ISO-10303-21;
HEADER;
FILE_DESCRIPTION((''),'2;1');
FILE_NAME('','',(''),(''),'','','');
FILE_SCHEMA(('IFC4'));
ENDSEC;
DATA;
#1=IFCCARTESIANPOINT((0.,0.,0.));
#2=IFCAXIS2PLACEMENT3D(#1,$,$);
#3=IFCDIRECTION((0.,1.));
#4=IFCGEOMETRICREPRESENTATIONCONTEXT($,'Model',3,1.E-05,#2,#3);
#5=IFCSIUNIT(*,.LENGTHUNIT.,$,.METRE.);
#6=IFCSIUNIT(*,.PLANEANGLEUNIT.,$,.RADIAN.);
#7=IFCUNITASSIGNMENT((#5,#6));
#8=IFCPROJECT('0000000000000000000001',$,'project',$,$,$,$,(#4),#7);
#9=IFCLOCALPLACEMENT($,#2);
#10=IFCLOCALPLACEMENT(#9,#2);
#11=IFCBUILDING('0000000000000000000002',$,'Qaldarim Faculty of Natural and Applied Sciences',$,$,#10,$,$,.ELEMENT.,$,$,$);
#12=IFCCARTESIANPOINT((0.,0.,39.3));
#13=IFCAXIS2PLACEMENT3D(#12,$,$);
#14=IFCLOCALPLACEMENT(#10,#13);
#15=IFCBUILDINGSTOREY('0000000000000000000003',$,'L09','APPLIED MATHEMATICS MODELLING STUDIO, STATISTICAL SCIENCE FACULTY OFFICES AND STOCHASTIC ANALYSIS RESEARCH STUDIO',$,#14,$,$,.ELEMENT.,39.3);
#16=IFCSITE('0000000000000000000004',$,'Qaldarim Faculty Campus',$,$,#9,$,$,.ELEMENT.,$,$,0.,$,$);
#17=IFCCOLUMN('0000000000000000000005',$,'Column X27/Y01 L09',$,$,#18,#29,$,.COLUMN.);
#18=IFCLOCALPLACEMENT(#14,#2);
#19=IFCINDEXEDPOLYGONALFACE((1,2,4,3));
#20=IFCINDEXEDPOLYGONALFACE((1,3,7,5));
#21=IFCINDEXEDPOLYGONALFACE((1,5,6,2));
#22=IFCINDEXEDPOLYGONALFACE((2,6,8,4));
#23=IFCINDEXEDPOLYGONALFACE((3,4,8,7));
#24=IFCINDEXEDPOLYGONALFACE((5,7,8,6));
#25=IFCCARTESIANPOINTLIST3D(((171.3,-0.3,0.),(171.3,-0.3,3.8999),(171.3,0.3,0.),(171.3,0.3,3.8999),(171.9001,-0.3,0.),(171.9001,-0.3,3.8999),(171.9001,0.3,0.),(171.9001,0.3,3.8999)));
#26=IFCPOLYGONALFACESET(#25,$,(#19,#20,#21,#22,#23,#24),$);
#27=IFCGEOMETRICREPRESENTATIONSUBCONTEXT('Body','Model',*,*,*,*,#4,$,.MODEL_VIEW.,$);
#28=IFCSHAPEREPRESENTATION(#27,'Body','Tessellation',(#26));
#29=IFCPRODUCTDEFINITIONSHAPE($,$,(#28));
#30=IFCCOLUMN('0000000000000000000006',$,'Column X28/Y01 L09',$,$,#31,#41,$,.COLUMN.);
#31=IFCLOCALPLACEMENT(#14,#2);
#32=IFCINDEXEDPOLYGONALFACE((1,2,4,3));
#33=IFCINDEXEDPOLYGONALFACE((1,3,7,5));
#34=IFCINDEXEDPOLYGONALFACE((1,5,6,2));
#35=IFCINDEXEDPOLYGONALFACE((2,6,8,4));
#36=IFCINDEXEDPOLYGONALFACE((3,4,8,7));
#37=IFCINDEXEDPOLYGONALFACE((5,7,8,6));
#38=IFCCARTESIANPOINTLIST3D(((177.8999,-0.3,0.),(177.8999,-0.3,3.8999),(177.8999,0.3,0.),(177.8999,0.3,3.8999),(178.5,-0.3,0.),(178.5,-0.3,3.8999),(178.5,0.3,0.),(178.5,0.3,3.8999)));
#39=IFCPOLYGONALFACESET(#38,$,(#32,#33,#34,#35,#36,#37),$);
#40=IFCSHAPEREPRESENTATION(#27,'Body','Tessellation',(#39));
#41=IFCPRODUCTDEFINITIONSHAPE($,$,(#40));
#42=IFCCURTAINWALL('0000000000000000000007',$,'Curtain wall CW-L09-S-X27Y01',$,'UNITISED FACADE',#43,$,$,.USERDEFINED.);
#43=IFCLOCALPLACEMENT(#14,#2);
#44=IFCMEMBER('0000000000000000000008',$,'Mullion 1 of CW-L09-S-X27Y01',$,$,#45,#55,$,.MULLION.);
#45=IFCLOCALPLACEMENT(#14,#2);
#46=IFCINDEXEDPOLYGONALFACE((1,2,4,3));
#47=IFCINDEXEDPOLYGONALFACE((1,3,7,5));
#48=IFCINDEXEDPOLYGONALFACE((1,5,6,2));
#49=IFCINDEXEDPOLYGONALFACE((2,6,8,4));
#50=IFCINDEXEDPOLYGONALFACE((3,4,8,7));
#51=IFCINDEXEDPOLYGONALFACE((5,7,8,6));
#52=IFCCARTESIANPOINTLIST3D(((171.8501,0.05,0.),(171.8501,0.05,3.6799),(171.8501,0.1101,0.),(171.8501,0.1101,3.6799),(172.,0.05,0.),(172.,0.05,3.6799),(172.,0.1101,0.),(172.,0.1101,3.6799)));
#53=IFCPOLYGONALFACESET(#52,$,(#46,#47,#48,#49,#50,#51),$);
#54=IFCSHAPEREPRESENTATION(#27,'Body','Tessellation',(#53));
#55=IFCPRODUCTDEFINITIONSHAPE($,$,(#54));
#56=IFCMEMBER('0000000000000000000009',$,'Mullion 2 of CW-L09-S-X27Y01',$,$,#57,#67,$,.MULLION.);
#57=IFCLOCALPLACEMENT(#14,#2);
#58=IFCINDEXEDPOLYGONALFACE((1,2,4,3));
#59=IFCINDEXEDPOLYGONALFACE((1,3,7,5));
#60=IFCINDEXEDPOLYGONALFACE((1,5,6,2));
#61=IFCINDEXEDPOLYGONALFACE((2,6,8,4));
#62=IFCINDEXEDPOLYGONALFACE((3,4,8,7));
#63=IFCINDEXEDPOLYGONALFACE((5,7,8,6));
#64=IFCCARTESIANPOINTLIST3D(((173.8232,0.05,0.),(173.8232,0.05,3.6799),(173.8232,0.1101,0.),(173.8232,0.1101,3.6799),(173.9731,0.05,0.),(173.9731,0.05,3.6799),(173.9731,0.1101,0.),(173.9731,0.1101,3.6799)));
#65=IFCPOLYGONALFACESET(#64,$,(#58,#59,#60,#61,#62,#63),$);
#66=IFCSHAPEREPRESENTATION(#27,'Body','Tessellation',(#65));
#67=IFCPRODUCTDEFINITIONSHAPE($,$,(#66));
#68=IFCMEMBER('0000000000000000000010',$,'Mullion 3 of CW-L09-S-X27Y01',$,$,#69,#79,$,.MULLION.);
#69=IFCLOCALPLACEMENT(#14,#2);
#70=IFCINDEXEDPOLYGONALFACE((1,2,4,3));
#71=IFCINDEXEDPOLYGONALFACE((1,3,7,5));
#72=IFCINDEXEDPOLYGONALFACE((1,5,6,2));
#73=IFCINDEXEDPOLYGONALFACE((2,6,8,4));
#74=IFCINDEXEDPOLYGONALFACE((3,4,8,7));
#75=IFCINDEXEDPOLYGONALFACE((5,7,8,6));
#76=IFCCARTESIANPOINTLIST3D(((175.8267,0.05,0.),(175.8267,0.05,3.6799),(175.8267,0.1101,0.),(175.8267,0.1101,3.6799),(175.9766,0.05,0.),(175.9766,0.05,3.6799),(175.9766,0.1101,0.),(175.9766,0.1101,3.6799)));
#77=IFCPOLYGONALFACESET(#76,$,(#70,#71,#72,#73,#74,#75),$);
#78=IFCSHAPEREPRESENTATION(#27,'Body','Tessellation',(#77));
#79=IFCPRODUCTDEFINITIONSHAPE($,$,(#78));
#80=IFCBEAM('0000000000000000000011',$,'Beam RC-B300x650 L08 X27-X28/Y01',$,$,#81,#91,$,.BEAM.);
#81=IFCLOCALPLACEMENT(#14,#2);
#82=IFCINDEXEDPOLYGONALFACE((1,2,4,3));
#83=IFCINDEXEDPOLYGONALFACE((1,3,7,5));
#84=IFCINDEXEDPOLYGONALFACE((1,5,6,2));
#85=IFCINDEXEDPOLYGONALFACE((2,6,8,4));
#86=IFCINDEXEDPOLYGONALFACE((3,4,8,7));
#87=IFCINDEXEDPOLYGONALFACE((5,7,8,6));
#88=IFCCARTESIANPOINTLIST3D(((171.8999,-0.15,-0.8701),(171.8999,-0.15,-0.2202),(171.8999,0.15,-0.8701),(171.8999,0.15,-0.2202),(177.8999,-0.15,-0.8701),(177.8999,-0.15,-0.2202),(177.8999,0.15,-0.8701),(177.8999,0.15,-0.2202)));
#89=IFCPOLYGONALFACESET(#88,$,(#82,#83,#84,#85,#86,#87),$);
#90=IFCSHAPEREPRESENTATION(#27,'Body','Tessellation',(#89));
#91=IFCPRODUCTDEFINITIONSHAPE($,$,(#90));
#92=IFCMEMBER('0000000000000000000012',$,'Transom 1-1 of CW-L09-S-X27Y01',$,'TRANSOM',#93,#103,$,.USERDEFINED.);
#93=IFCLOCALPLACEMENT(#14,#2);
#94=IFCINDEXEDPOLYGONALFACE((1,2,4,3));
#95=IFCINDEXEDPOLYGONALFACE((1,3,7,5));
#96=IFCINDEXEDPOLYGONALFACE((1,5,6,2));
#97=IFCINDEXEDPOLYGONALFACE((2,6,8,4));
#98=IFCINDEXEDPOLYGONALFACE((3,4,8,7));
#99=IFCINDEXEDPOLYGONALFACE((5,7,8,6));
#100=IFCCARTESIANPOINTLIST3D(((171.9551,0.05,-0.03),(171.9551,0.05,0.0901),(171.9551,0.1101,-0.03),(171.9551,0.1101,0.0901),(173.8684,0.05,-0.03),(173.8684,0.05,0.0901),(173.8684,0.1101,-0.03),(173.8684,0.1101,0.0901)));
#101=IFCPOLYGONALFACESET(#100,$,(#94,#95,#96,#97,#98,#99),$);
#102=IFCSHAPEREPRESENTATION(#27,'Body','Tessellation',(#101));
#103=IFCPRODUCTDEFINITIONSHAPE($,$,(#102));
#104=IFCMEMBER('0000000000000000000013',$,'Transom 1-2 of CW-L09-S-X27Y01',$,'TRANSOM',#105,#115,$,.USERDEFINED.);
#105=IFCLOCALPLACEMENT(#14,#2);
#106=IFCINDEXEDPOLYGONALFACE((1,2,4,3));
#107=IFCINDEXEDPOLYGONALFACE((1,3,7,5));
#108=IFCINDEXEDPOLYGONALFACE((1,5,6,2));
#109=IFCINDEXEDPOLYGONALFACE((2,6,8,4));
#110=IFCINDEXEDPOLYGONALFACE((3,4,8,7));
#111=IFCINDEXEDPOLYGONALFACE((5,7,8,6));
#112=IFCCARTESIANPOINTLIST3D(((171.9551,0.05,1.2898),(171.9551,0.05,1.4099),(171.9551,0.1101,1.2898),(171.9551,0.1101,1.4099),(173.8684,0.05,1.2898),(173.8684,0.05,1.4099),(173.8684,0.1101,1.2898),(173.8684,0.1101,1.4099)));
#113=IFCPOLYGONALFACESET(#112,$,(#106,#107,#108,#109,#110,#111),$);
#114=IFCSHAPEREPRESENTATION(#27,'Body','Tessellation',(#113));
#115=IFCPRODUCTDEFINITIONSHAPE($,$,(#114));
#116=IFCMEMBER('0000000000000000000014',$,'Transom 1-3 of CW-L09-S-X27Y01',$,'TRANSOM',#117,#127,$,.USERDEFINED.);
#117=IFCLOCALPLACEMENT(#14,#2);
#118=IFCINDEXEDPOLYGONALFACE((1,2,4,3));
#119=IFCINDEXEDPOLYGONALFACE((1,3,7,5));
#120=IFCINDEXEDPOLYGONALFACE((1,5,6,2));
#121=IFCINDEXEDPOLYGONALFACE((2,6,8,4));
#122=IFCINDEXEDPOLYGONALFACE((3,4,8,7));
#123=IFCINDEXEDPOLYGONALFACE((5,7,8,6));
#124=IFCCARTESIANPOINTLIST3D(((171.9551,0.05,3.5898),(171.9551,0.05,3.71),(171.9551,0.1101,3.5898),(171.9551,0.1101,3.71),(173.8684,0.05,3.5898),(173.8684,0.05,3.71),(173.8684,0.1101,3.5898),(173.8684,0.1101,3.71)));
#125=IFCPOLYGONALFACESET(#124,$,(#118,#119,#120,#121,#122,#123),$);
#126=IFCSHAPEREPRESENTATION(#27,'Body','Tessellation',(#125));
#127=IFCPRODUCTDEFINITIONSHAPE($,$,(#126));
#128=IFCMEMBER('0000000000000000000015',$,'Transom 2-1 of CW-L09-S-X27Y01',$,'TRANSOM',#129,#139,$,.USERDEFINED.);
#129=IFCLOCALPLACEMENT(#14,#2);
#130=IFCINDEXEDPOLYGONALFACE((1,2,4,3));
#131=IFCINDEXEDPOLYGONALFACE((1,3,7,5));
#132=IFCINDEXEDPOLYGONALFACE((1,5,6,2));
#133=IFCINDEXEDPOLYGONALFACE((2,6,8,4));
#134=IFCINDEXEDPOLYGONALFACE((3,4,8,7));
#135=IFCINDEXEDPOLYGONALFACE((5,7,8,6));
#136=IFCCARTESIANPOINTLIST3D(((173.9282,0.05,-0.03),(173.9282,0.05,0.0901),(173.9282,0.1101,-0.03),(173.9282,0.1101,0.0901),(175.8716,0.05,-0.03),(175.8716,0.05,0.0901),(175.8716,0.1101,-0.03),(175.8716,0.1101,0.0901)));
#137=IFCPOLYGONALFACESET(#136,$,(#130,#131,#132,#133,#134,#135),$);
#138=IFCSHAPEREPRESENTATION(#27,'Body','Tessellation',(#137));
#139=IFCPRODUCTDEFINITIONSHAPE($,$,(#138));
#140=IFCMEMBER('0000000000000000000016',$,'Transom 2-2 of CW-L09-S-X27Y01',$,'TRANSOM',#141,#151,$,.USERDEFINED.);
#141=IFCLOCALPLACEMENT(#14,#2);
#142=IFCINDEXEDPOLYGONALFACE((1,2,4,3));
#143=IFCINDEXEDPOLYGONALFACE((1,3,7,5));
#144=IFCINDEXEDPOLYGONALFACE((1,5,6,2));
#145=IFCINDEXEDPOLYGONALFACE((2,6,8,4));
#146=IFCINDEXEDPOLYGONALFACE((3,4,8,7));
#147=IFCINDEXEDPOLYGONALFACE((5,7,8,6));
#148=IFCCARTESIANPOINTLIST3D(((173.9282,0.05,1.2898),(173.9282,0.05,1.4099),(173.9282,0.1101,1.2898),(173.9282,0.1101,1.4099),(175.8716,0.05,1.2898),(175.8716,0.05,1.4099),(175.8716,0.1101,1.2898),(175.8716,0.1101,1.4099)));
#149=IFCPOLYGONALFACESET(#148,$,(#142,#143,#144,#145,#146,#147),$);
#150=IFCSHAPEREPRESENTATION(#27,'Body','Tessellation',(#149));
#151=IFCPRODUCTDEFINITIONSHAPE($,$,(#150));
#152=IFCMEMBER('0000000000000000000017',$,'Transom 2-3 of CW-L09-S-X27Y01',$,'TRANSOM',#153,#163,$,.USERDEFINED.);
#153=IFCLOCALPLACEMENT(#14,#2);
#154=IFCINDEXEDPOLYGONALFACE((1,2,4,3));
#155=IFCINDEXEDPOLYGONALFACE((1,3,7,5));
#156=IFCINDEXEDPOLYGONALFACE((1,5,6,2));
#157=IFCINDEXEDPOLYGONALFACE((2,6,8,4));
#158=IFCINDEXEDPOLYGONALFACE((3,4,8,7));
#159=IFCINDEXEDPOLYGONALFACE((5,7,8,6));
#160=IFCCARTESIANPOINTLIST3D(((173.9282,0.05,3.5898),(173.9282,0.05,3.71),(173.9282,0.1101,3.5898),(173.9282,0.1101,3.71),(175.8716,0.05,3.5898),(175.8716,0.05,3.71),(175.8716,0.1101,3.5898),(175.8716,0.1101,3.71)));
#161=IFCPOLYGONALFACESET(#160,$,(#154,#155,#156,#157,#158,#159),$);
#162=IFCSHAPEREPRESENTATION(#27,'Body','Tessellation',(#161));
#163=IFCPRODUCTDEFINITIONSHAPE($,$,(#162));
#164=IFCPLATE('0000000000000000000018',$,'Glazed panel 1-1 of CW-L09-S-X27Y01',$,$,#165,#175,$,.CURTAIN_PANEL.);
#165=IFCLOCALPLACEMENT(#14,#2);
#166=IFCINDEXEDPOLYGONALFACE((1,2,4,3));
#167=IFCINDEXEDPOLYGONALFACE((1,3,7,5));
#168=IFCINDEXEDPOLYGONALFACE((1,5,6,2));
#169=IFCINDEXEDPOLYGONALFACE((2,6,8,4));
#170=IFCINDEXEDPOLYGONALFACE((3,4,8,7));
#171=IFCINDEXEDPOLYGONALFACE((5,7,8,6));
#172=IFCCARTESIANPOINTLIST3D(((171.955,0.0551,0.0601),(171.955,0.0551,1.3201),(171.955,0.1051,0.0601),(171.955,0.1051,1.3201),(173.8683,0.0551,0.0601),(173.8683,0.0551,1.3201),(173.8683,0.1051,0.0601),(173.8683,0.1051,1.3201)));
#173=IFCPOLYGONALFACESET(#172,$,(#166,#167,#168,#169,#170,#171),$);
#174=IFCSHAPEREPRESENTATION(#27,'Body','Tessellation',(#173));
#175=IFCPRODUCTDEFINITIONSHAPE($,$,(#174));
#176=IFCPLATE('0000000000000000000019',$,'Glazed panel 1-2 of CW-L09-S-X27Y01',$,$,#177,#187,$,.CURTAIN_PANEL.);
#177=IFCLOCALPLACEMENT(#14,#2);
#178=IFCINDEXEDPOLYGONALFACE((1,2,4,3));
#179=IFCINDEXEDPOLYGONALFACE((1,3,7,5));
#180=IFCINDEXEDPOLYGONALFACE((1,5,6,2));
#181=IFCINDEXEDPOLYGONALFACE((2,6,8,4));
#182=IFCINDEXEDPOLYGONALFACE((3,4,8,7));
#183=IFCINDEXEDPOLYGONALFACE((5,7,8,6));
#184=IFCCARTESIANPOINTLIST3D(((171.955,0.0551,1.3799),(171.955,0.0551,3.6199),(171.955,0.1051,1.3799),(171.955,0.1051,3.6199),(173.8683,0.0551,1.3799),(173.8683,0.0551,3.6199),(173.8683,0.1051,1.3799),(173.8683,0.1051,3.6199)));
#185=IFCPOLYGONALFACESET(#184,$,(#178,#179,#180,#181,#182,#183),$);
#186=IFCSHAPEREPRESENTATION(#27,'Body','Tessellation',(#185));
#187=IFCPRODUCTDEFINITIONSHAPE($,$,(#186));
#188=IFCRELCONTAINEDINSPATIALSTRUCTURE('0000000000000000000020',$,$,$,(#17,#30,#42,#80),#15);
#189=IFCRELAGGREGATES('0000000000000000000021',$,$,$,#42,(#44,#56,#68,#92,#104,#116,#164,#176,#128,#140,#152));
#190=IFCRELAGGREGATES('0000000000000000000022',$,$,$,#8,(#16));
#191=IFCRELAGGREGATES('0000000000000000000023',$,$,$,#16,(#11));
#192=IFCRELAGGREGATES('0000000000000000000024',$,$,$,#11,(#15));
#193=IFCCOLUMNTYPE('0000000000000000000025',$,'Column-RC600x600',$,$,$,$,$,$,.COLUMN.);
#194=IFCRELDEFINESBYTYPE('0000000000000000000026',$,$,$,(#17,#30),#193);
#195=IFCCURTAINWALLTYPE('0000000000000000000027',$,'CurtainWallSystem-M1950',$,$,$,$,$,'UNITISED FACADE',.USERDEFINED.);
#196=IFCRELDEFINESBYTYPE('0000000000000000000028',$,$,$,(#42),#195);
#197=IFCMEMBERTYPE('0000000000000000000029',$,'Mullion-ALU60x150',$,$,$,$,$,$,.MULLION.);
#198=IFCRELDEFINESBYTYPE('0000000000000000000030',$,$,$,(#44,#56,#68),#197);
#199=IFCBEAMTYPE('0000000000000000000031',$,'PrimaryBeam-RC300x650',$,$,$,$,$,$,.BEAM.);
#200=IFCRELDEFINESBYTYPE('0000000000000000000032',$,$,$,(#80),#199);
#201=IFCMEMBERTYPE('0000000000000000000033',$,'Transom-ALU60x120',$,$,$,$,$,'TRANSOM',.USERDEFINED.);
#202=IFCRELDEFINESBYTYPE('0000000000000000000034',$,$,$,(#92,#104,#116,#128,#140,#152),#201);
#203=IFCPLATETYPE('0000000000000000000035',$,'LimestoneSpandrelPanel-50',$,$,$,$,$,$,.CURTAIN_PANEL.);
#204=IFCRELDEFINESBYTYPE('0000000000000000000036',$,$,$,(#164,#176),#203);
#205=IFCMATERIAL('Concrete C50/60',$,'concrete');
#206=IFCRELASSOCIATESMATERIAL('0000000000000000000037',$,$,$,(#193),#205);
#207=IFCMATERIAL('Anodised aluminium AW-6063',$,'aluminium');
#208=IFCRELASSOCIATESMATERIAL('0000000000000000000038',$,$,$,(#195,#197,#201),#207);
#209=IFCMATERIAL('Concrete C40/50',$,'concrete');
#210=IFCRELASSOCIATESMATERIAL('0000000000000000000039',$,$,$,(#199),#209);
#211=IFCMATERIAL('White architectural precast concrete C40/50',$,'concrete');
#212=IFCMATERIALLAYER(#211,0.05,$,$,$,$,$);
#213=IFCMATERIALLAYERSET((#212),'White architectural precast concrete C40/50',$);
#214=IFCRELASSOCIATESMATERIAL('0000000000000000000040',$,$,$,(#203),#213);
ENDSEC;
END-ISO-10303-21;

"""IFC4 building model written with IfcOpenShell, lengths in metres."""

from ifc_helpers import new_model, si_unit, direction, frame, origin, origin_2d, place, context, subcontext, project, spatial, rectangle, extrude, material, layer, layer_set, material_profile, profile_set, type_object, element, aggregate, save


model = new_model("IFC4")

# Units and contexts
model_context = context("Model", 3, precision=1e-05, world=origin(), true_north=direction((0.0, 1.0)))
body_context = subcontext(model_context, "Body", "Model", "MODEL_VIEW")
ifc_project = project(units=[si_unit("LENGTHUNIT", "METRE"), si_unit("PLANEANGLEUNIT", "RADIAN")], contexts=[model_context])

# Site, building, storey
site_placement = place(None, origin())
site = spatial("IfcSite", under=ifc_project, at=site_placement, Name="Qaldarim Faculty Campus", CompositionType="ELEMENT", RefElevation=0.0)
building_placement = place(site_placement, origin())
building = spatial("IfcBuilding", under=site, at=building_placement, Name="Qaldarim Faculty of Natural and Applied Sciences", CompositionType="ELEMENT")
storey_placement = place(building_placement, frame((0.0, 0.0, 39.3)))
storey = spatial("IfcBuildingStorey", under=building, at=storey_placement, Name="L09", Description="APPLIED MATHEMATICS MODELLING STUDIO, STATISTICAL SCIENCE FACULTY OFFICES AND STOCHASTIC ANALYSIS RESEARCH STUDIO", CompositionType="ELEMENT", Elevation=39.3)

# Columns
ifc_material_1 = material(Name="Concrete C50/60", Category="concrete")
ifc_material_profile_1 = material_profile(ifc_material_1, rectangle(XDim=0.6001, YDim=0.6001, at=origin_2d()), Name="RC-C600x600")
ifc_profile_set_1 = profile_set([ifc_material_profile_1], Name="Concrete C50/60")
column_type = type_object("IfcColumnType", Name="Column-RC600x600", PredefinedType="COLUMN", material=ifc_profile_set_1)
for number, where, z_axis, x_axis, name in (
    (1, (171.6001, 0.0, 0.0), (0.0, 0.0, 1.0), (1.0, 0.0, 0.0), "Column X27/Y01 L09"),
    (2, (178.2, 0.0, 0.0), (0.0, 0.0, 1.0), (1.0, 0.0, 0.0), "Column X28/Y01 L09"),
):
    element("IfcColumn", number, at=place(storey_placement, frame(where, z_axis=z_axis, x_axis=x_axis)), inside=storey, type_object=column_type, Name=name, PredefinedType="COLUMN", context=body_context, shape_type="SweptSolid", body=[
        extrude(rectangle(XDim=0.6001, YDim=0.6001, at=origin_2d()), origin(), (0.0, 0.0, 1.0), 3.8999),
    ])

# Curtain wall, members
ifc_material_2 = material(Name="Anodised aluminium AW-6063", Category="aluminium")
curtain_wall_type = type_object("IfcCurtainWallType", Name="CurtainWallSystem-M1950", ElementType="UNITISED FACADE", PredefinedType="USERDEFINED", material=ifc_material_2)
curtain_wall_placement = place(storey_placement, origin())
curtain_wall = element("IfcCurtainWall", 3, at=curtain_wall_placement, inside=storey, type_object=curtain_wall_type, Name="Curtain wall CW-L09-S-X27Y01", ObjectType="UNITISED FACADE", PredefinedType="USERDEFINED")
ifc_material_profile_2 = material_profile(ifc_material_2, rectangle(XDim=0.0601, YDim=0.1499, at=origin_2d()), Name="ALU-M60x150")
ifc_profile_set_2 = profile_set([ifc_material_profile_2], Name="Anodised aluminium AW-6063")
member_type_1 = type_object("IfcMemberType", Name="Mullion-ALU60x150", PredefinedType="MULLION", material=ifc_profile_set_2)
member_1_placement = place(storey_placement, frame((171.925, 0.0801, 0.0), z_axis=(0.0, 0.0, 1.0), x_axis=(0.0, 1.0, 0.0)))
member_1 = element("IfcMember", 4, at=member_1_placement, type_object=member_type_1, Name="Mullion 1 of CW-L09-S-X27Y01", PredefinedType="MULLION", context=body_context, shape_type="SweptSolid", body=[
    extrude(rectangle(XDim=0.0601, YDim=0.1499, at=origin_2d()), origin(), (0.0, 0.0, 1.0), 3.6799),
])
member_2_placement = place(storey_placement, frame((173.8982, 0.0801, 0.0), z_axis=(0.0, 0.0, 1.0), x_axis=(0.0, 1.0, 0.0)))
member_2 = element("IfcMember", 5, at=member_2_placement, type_object=member_type_1, Name="Mullion 2 of CW-L09-S-X27Y01", PredefinedType="MULLION", context=body_context, shape_type="SweptSolid", body=[
    extrude(rectangle(XDim=0.0601, YDim=0.1499, at=origin_2d()), origin(), (0.0, 0.0, 1.0), 3.6799),
])
member_3_placement = place(storey_placement, frame((175.9016, 0.0801, 0.0), z_axis=(0.0, 0.0, 1.0), x_axis=(0.0, 1.0, 0.0)))
member_3 = element("IfcMember", 6, at=member_3_placement, type_object=member_type_1, Name="Mullion 3 of CW-L09-S-X27Y01", PredefinedType="MULLION", context=body_context, shape_type="SweptSolid", body=[
    extrude(rectangle(XDim=0.0601, YDim=0.1499, at=origin_2d()), origin(), (0.0, 0.0, 1.0), 3.6799),
])

# Beam
ifc_material_3 = material(Name="Concrete C40/50", Category="concrete")
ifc_material_profile_3 = material_profile(ifc_material_3, rectangle(XDim=0.3, YDim=0.6499, at=origin_2d()), Name="RC-B300x650")
ifc_profile_set_3 = profile_set([ifc_material_profile_3], Name="Concrete C40/50")
beam_type = type_object("IfcBeamType", Name="PrimaryBeam-RC300x650", PredefinedType="BEAM", material=ifc_profile_set_3)
beam_placement = place(storey_placement, frame((171.8999, 0.0, -0.5452), z_axis=(1.0, 0.0, 0.0), x_axis=(0.0, 1.0, 0.0)))
element("IfcBeam", 7, at=beam_placement, inside=storey, type_object=beam_type, Name="Beam RC-B300x650 L08 X27-X28/Y01", PredefinedType="BEAM", context=body_context, shape_type="SweptSolid", body=[
    extrude(rectangle(XDim=0.3, YDim=0.6499, at=origin_2d()), origin(), (0.0, 0.0, 1.0), 6.0),
])

# Members
ifc_material_profile_4 = material_profile(ifc_material_2, rectangle(XDim=0.0601, YDim=0.1201, at=origin_2d()), Name="ALU-T60x120")
ifc_profile_set_4 = profile_set([ifc_material_profile_4], Name="Anodised aluminium AW-6063")
member_type_2 = type_object("IfcMemberType", Name="Transom-ALU60x120", ElementType="TRANSOM", PredefinedType="USERDEFINED", material=ifc_profile_set_4)
member_4_placement = place(storey_placement, frame((171.9551, 0.0801, 0.03), z_axis=(1.0, 0.0, 0.0), x_axis=(0.0, 1.0, 0.0)))
member_4 = element("IfcMember", 8, at=member_4_placement, type_object=member_type_2, Name="Transom 1-1 of CW-L09-S-X27Y01", ObjectType="TRANSOM", PredefinedType="USERDEFINED", context=body_context, shape_type="SweptSolid", body=[
    extrude(rectangle(XDim=0.0601, YDim=0.1201, at=origin_2d()), origin(), (0.0, 0.0, 1.0), 1.9133),
])
member_5_placement = place(storey_placement, frame((171.9551, 0.0801, 1.3499), z_axis=(1.0, 0.0, 0.0), x_axis=(0.0, 1.0, 0.0)))
member_5 = element("IfcMember", 9, at=member_5_placement, type_object=member_type_2, Name="Transom 1-2 of CW-L09-S-X27Y01", ObjectType="TRANSOM", PredefinedType="USERDEFINED", context=body_context, shape_type="SweptSolid", body=[
    extrude(rectangle(XDim=0.0601, YDim=0.1201, at=origin_2d()), origin(), (0.0, 0.0, 1.0), 1.9133),
])
member_6_placement = place(storey_placement, frame((171.9551, 0.0801, 3.6499), z_axis=(1.0, 0.0, 0.0), x_axis=(0.0, 1.0, 0.0)))
member_6 = element("IfcMember", 10, at=member_6_placement, type_object=member_type_2, Name="Transom 1-3 of CW-L09-S-X27Y01", ObjectType="TRANSOM", PredefinedType="USERDEFINED", context=body_context, shape_type="SweptSolid", body=[
    extrude(rectangle(XDim=0.0601, YDim=0.1201, at=origin_2d()), origin(), (0.0, 0.0, 1.0), 1.9133),
])
member_7_placement = place(storey_placement, frame((173.9282, 0.0801, 0.03), z_axis=(1.0, 0.0, 0.0), x_axis=(0.0, 1.0, 0.0)))
member_7 = element("IfcMember", 11, at=member_7_placement, type_object=member_type_2, Name="Transom 2-1 of CW-L09-S-X27Y01", ObjectType="TRANSOM", PredefinedType="USERDEFINED", context=body_context, shape_type="SweptSolid", body=[
    extrude(rectangle(XDim=0.0601, YDim=0.1201, at=origin_2d()), origin(), (0.0, 0.0, 1.0), 1.9434),
])
member_8_placement = place(storey_placement, frame((173.9282, 0.0801, 1.3499), z_axis=(1.0, 0.0, 0.0), x_axis=(0.0, 1.0, 0.0)))
member_8 = element("IfcMember", 12, at=member_8_placement, type_object=member_type_2, Name="Transom 2-2 of CW-L09-S-X27Y01", ObjectType="TRANSOM", PredefinedType="USERDEFINED", context=body_context, shape_type="SweptSolid", body=[
    extrude(rectangle(XDim=0.0601, YDim=0.1201, at=origin_2d()), origin(), (0.0, 0.0, 1.0), 1.9434),
])
member_9_placement = place(storey_placement, frame((173.9282, 0.0801, 3.6499), z_axis=(1.0, 0.0, 0.0), x_axis=(0.0, 1.0, 0.0)))
member_9 = element("IfcMember", 13, at=member_9_placement, type_object=member_type_2, Name="Transom 2-3 of CW-L09-S-X27Y01", ObjectType="TRANSOM", PredefinedType="USERDEFINED", context=body_context, shape_type="SweptSolid", body=[
    extrude(rectangle(XDim=0.0601, YDim=0.1201, at=origin_2d()), origin(), (0.0, 0.0, 1.0), 1.9434),
])

# Plates
ifc_material_4 = material(Name="White architectural precast concrete C40/50", Category="concrete")
ifc_layer_1 = layer(ifc_material_4, 0.05)
ifc_layer_set_1 = layer_set([ifc_layer_1], Name="White architectural precast concrete C40/50")
plate_type = type_object("IfcPlateType", Name="LimestoneSpandrelPanel-50", PredefinedType="CURTAIN_PANEL", material=ifc_layer_set_1)
plate_1_placement = place(storey_placement, frame((172.9116, 0.0801, 0.0601), z_axis=(0.0, 0.0, 1.0), x_axis=(1.0, 0.0, 0.0)))
plate_1 = element("IfcPlate", 14, at=plate_1_placement, type_object=plate_type, Name="Glazed panel 1-1 of CW-L09-S-X27Y01", PredefinedType="CURTAIN_PANEL", context=body_context, shape_type="SweptSolid", body=[
    extrude(rectangle(XDim=1.9133, YDim=0.05, at=origin_2d()), origin(), (0.0, 0.0, 1.0), 1.26),
])
plate_2_placement = place(storey_placement, frame((172.9116, 0.0801, 1.3799), z_axis=(0.0, 0.0, 1.0), x_axis=(1.0, 0.0, 0.0)))
plate_2 = element("IfcPlate", 15, at=plate_2_placement, type_object=plate_type, Name="Glazed panel 1-2 of CW-L09-S-X27Y01", PredefinedType="CURTAIN_PANEL", context=body_context, shape_type="SweptSolid", body=[
    extrude(rectangle(XDim=1.9133, YDim=0.05, at=origin_2d()), origin(), (0.0, 0.0, 1.0), 2.24),
])
aggregate(curtain_wall, [member_1, member_2, member_3, member_4, member_5, member_6, plate_1, plate_2, member_7, member_8, member_9])

save(model, "model.ifc")
